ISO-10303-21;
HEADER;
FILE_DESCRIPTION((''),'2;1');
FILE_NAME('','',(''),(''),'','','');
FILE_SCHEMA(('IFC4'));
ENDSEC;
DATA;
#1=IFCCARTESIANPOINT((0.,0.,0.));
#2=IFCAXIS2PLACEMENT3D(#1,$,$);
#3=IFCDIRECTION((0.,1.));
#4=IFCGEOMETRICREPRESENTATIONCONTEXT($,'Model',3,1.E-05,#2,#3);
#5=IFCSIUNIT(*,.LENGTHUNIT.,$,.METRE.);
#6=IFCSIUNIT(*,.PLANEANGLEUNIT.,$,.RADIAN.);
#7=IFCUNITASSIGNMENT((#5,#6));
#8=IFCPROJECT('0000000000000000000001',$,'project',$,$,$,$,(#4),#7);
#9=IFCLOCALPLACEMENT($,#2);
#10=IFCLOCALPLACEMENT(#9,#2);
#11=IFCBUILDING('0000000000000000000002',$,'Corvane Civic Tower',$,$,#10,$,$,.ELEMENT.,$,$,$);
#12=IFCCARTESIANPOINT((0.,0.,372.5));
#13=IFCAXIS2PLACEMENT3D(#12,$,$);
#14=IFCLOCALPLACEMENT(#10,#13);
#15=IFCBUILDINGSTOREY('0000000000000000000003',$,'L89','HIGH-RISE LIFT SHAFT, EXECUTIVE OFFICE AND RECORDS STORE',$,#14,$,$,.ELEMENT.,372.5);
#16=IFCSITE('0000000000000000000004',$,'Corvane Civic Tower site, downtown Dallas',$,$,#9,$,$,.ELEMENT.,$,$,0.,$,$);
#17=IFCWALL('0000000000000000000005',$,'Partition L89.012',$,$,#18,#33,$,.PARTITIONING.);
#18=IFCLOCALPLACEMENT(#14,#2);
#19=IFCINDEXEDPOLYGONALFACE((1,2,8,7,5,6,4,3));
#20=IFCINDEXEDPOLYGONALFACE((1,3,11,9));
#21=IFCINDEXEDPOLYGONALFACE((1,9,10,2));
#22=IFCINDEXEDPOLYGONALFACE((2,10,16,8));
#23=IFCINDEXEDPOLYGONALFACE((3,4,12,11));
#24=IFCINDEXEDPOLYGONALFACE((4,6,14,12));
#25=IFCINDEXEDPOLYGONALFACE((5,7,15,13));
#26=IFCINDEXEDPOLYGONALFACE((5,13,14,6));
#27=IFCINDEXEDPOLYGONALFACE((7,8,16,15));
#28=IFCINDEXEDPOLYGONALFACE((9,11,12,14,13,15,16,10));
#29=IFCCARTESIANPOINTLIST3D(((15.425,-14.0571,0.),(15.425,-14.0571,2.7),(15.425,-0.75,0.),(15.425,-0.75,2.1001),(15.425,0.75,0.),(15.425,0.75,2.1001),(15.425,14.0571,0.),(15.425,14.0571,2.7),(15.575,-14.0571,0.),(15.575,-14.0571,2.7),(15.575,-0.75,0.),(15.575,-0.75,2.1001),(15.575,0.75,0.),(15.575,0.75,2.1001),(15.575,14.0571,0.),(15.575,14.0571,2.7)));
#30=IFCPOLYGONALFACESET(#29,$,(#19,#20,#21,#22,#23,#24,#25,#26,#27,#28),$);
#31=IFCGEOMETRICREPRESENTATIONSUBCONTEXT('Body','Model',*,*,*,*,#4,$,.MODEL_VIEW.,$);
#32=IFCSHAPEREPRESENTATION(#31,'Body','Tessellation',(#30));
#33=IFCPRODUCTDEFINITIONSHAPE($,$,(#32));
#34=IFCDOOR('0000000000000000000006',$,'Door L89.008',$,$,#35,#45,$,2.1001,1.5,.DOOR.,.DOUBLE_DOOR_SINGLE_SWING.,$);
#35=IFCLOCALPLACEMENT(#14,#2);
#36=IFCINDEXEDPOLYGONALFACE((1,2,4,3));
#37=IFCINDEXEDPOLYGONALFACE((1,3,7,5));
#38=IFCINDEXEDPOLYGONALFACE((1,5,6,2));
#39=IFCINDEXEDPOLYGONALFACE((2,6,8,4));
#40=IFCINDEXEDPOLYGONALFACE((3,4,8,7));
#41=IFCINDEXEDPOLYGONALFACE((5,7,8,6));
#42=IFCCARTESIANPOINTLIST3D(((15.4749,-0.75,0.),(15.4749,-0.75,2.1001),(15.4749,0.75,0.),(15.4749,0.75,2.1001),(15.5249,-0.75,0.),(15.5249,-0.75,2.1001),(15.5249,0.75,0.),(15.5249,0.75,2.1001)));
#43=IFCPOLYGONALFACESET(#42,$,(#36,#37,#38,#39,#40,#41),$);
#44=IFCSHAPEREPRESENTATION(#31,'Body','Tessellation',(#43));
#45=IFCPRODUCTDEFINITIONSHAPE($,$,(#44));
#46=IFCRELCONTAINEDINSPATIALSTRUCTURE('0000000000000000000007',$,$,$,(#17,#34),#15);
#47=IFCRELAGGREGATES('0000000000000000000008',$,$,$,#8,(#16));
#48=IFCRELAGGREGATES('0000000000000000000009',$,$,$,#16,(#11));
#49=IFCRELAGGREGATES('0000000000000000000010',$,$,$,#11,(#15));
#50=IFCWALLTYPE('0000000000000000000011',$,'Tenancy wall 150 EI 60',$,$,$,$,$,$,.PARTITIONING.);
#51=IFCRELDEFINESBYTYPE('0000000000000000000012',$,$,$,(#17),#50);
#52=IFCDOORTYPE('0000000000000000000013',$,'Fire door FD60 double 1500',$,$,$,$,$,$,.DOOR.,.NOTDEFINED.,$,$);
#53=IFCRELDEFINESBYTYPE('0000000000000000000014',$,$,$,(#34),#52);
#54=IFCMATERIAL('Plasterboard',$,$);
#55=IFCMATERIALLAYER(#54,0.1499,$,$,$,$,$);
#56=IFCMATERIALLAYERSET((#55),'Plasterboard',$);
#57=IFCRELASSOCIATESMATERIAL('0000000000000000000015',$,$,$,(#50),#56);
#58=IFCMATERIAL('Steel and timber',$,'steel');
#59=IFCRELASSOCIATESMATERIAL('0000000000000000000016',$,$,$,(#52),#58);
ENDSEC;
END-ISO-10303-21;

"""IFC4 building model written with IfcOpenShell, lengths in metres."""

from ifc_helpers import new_model, si_unit, direction, frame, frame_2d, origin, place, context, subcontext, project, spatial, rectangle, extrude, material, layer, layer_set, type_object, element, fill, save


model = new_model("IFC4")

# Units and contexts
model_context = context("Model", 3, precision=1e-05, world=origin(), true_north=direction((0.0, 1.0)))
body_context = subcontext(model_context, "Body", "Model", "MODEL_VIEW")
ifc_project = project(units=[si_unit("LENGTHUNIT", "METRE"), si_unit("PLANEANGLEUNIT", "RADIAN")], contexts=[model_context])

# Site, building, storey
site_placement = place(None, origin())
site = spatial("IfcSite", under=ifc_project, at=site_placement, Name="Corvane Civic Tower site, downtown Dallas", CompositionType="ELEMENT", RefElevation=0.0)
building_placement = place(site_placement, origin())
building = spatial("IfcBuilding", under=site, at=building_placement, Name="Corvane Civic Tower", CompositionType="ELEMENT")
storey_placement = place(building_placement, frame((0.0, 0.0, 372.5)))
storey = spatial("IfcBuildingStorey", under=building, at=storey_placement, Name="L89", Description="HIGH-RISE LIFT SHAFT, EXECUTIVE OFFICE AND RECORDS STORE", CompositionType="ELEMENT", Elevation=372.5)

# Wall, opening, door
ifc_material_1 = material(Name="Plasterboard")
ifc_layer_1 = layer(ifc_material_1, 0.1499)
ifc_layer_set_1 = layer_set([ifc_layer_1], Name="Plasterboard")
wall_type_1 = type_object("IfcWallType", Name="Tenancy wall 150 EI 60", PredefinedType="PARTITIONING", material=ifc_layer_set_1)
wall_1_placement = place(storey_placement, frame((15.5, -14.0571, 0.0), z_axis=(0.0, 0.0, 1.0), x_axis=(0.0, 1.0, 0.0)))
wall_1 = element("IfcWall", 1, at=wall_1_placement, inside=storey, type_object=wall_type_1, Name="Partition L89.012", PredefinedType="PARTITIONING", context=body_context, shape_type="SweptSolid", body=[
    extrude(rectangle(XDim=28.1143, YDim=0.1499, at=frame_2d((14.0571, 0.0))), origin(), (0.0, 0.0, 1.0), 2.7),
])
opening_1_placement = place(wall_1_placement, frame((13.3071, 0.0, 0.0)))
opening_1 = element("IfcOpeningElement", 2, at=opening_1_placement, cuts=wall_1, PredefinedType="OPENING", context=body_context, shape_type="SweptSolid", body=[
    extrude(rectangle(XDim=1.5, YDim=2.1001, at=frame_2d((0.75, 1.05))), frame((0.0, 0.085, 0.0), z_axis=(0.0, -1.0, 0.0), x_axis=(1.0, 0.0, 0.0)), (0.0, 0.0, 1.0), 0.1699),
])
ifc_material_2 = material(Name="Steel and timber", Category="steel")
door_type_1 = type_object("IfcDoorType", Name="Fire door FD60 double 1500", OperationType="NOTDEFINED", PredefinedType="DOOR", material=ifc_material_2)
door_1_placement = place(opening_1_placement, frame((1.5, 0.0, 0.0), z_axis=(0.0, 0.0, 1.0), x_axis=(-1.0, 0.0, 0.0)))
door_1 = element("IfcDoor", 3, at=door_1_placement, inside=storey, type_object=door_type_1, Name="Door L89.008", OperationType="DOUBLE_DOOR_SINGLE_SWING", OverallHeight=2.1001, OverallWidth=1.5, PredefinedType="DOOR", context=body_context, shape_type="SweptSolid", body=[
    extrude(rectangle(XDim=1.5, YDim=2.1001, at=frame_2d((0.75, 1.05))), frame((0.0, 0.0249, 0.0), z_axis=(0.0, -1.0, 0.0), x_axis=(1.0, 0.0, 0.0)), (0.0, 0.0, 1.0), 0.05),
])
fill(opening_1, door_1)

save(model, "model.ifc")
